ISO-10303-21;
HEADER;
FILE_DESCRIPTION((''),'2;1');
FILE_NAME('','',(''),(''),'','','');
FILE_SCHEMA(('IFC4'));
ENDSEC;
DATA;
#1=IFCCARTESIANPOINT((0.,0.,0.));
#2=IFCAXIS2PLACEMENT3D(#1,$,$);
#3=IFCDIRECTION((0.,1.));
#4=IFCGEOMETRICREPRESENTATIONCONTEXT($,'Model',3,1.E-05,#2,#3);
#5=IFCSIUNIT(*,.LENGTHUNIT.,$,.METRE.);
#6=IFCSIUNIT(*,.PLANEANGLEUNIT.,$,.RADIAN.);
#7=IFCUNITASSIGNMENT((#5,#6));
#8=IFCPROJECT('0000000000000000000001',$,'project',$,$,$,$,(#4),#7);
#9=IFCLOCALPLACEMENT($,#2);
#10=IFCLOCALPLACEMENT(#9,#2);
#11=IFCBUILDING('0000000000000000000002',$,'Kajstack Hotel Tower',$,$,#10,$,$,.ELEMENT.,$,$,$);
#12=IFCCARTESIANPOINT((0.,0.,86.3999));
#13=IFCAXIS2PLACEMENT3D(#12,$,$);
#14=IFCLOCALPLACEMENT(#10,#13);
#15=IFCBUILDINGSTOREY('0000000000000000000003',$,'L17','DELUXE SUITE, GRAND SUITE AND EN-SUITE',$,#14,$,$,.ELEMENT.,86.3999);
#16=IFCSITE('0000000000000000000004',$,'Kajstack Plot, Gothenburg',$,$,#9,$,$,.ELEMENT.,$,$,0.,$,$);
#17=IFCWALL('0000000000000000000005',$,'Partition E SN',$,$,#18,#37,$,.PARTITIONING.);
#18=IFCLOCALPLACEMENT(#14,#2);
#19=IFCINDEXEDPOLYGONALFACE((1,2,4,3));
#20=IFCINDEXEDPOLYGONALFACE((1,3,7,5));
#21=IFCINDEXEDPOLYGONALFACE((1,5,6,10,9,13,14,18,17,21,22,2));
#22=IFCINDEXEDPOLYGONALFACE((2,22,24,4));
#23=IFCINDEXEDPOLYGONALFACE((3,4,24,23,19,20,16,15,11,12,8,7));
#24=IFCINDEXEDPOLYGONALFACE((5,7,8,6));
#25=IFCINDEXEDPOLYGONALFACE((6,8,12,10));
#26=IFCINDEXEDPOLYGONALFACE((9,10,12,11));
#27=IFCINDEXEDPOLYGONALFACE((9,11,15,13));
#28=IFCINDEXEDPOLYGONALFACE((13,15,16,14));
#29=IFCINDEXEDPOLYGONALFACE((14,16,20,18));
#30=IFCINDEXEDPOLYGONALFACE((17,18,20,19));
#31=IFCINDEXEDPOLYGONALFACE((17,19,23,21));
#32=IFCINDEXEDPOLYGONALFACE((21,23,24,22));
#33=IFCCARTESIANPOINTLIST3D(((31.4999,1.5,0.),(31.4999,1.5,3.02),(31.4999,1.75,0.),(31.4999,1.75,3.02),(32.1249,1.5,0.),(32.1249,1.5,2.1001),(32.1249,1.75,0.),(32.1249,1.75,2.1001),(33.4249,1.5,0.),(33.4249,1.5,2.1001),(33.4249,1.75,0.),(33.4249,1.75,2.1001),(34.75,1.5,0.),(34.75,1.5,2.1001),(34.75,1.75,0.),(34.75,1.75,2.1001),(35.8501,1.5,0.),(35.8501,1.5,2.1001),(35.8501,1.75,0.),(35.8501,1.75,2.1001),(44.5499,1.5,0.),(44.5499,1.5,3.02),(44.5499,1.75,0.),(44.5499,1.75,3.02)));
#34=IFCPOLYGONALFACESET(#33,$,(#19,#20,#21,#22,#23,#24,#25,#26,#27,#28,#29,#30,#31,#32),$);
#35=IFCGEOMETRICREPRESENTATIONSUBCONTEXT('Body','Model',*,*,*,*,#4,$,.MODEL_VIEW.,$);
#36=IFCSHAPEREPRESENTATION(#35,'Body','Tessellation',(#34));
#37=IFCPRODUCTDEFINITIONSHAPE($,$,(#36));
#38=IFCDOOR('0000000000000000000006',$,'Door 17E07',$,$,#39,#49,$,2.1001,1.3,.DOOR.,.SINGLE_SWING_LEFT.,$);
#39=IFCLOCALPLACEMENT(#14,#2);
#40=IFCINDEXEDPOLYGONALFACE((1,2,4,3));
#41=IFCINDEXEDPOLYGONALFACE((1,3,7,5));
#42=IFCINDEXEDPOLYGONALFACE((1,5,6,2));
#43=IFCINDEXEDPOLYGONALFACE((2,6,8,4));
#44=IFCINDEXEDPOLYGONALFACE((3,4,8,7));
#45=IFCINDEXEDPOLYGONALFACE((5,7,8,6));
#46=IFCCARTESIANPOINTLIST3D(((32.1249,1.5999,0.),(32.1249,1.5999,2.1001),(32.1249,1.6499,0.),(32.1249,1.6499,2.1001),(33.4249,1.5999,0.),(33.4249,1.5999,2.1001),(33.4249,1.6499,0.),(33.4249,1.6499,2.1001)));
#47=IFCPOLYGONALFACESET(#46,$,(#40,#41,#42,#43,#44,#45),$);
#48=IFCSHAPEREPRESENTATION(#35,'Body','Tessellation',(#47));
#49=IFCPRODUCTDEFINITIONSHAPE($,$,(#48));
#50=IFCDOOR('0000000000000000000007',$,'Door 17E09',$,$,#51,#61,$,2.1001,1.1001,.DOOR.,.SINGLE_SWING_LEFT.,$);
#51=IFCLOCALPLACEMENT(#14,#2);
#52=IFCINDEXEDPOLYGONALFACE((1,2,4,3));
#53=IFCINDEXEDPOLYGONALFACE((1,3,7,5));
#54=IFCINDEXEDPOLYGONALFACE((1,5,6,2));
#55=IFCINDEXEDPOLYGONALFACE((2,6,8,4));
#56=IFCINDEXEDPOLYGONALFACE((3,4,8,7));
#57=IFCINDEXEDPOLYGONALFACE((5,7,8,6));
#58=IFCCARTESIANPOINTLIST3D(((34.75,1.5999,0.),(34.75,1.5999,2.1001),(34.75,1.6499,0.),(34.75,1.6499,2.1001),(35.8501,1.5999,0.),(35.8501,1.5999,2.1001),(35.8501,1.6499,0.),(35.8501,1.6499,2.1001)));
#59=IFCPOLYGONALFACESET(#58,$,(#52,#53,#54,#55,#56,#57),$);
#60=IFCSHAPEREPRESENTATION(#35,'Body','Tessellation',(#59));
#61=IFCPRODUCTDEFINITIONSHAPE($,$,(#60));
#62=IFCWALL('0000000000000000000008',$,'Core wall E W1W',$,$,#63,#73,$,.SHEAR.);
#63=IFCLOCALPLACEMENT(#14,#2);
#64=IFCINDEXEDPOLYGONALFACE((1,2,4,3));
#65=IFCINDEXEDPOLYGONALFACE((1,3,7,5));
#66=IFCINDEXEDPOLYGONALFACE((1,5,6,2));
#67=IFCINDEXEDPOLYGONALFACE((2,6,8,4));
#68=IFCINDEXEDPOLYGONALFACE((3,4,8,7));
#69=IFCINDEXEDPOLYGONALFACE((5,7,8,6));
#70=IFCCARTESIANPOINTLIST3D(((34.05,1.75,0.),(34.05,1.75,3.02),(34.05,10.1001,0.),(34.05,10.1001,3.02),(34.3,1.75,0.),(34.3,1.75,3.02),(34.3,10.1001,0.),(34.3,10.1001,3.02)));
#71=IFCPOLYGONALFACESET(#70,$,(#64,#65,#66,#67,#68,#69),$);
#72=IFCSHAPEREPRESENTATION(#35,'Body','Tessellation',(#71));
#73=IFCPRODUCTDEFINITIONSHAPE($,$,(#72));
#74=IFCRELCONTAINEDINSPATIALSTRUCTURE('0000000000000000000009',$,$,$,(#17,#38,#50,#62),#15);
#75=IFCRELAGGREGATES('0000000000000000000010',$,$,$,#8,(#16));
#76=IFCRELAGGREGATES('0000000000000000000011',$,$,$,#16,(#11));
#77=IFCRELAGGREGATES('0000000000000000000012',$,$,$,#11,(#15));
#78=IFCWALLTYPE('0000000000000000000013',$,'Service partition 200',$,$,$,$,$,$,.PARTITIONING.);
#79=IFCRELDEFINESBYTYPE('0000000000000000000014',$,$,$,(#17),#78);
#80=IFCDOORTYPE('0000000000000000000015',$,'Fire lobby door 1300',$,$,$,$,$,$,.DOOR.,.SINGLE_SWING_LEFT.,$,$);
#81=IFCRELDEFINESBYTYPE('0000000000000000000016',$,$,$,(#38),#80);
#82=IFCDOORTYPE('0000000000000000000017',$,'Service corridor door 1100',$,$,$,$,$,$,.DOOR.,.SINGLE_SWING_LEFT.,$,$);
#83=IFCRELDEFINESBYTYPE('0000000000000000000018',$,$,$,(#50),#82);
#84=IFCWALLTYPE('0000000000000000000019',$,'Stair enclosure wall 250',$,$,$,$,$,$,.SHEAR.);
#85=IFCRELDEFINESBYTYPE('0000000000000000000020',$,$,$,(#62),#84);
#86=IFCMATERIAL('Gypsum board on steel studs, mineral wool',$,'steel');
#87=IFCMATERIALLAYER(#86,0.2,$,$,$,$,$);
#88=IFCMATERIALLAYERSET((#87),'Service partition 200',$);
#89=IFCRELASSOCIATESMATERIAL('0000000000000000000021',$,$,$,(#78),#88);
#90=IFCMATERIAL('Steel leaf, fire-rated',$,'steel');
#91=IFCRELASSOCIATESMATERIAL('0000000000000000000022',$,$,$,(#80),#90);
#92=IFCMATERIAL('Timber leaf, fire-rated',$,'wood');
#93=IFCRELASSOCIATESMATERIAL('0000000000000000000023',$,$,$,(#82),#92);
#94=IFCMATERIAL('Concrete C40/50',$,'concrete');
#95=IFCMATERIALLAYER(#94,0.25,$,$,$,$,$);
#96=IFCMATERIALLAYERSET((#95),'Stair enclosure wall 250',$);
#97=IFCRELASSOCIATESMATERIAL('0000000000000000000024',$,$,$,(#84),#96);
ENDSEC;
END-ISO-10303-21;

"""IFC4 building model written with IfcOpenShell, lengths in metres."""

from ifc_helpers import new_model, si_unit, direction, frame, frame_2d, origin, place, context, subcontext, project, spatial, rectangle, extrude, material, layer, layer_set, type_object, element, fill, save


model = new_model("IFC4")

# Units and contexts
model_context = context("Model", 3, precision=1e-05, world=origin(), true_north=direction((0.0, 1.0)))
body_context = subcontext(model_context, "Body", "Model", "MODEL_VIEW")
ifc_project = project(units=[si_unit("LENGTHUNIT", "METRE"), si_unit("PLANEANGLEUNIT", "RADIAN")], contexts=[model_context])

# Site, building, storey
site_placement = place(None, origin())
site = spatial("IfcSite", under=ifc_project, at=site_placement, Name="Kajstack Plot, Gothenburg", CompositionType="ELEMENT", RefElevation=0.0)
building_placement = place(site_placement, origin())
building = spatial("IfcBuilding", under=site, at=building_placement, Name="Kajstack Hotel Tower", CompositionType="ELEMENT")
storey_placement = place(building_placement, frame((0.0, 0.0, 86.3999)))
storey = spatial("IfcBuildingStorey", under=building, at=storey_placement, Name="L17", Description="DELUXE SUITE, GRAND SUITE AND EN-SUITE", CompositionType="ELEMENT", Elevation=86.3999)

# Wall, openings, doors
ifc_material_1 = material(Name="Gypsum board on steel studs, mineral wool", Category="steel")
ifc_layer_1 = layer(ifc_material_1, 0.2)
ifc_layer_set_1 = layer_set([ifc_layer_1], Name="Service partition 200")
wall_type_1 = type_object("IfcWallType", Name="Service partition 200", PredefinedType="PARTITIONING", material=ifc_layer_set_1)
wall_1_placement = place(storey_placement, frame((31.5, 1.625, 0.0), z_axis=(0.0, 0.0, 1.0), x_axis=(1.0, 0.0, 0.0)))
wall_1 = element("IfcWall", 1, at=wall_1_placement, inside=storey, type_object=wall_type_1, Name="Partition E SN", PredefinedType="PARTITIONING", context=body_context, shape_type="SweptSolid", body=[
    extrude(rectangle(XDim=13.05, YDim=0.25, at=frame_2d((6.5249, 0.0))), origin(), (0.0, 0.0, 1.0), 3.02),
])
opening_1_placement = place(wall_1_placement, frame((0.625, 0.0, 0.0)))
opening_1 = element("IfcOpeningElement", 2, at=opening_1_placement, cuts=wall_1, PredefinedType="OPENING", context=body_context, shape_type="SweptSolid", body=[
    extrude(rectangle(XDim=1.3, YDim=2.1001, at=frame_2d((0.6499, 1.05))), frame((0.0, 0.135, 0.0), z_axis=(0.0, -1.0, 0.0), x_axis=(1.0, 0.0, 0.0)), (0.0, 0.0, 1.0), 0.27),
])
opening_2_placement = place(wall_1_placement, frame((3.25, 0.0, 0.0)))
opening_2 = element("IfcOpeningElement", 3, at=opening_2_placement, cuts=wall_1, PredefinedType="OPENING", context=body_context, shape_type="SweptSolid", body=[
    extrude(rectangle(XDim=1.1001, YDim=2.1001, at=frame_2d((0.55, 1.05))), frame((0.0, 0.135, 0.0), z_axis=(0.0, -1.0, 0.0), x_axis=(1.0, 0.0, 0.0)), (0.0, 0.0, 1.0), 0.27),
])
ifc_material_2 = material(Name="Steel leaf, fire-rated", Category="steel")
door_type_1 = type_object("IfcDoorType", Name="Fire lobby door 1300", OperationType="SINGLE_SWING_LEFT", PredefinedType="DOOR", material=ifc_material_2)
door_1_placement = place(opening_1_placement, origin())
door_1 = element("IfcDoor", 4, at=door_1_placement, inside=storey, type_object=door_type_1, Name="Door 17E07", OperationType="SINGLE_SWING_LEFT", OverallHeight=2.1001, OverallWidth=1.3, PredefinedType="DOOR", context=body_context, shape_type="SweptSolid", body=[
    extrude(rectangle(XDim=1.3, YDim=2.1001, at=frame_2d((0.6499, 1.05))), frame((0.0, 0.0249, 0.0), z_axis=(0.0, -1.0, 0.0), x_axis=(1.0, 0.0, 0.0)), (0.0, 0.0, 1.0), 0.05),
])
fill(opening_1, door_1)
ifc_material_3 = material(Name="Timber leaf, fire-rated", Category="wood")
door_type_2 = type_object("IfcDoorType", Name="Service corridor door 1100", OperationType="SINGLE_SWING_LEFT", PredefinedType="DOOR", material=ifc_material_3)
door_2_placement = place(opening_2_placement, origin())
door_2 = element("IfcDoor", 5, at=door_2_placement, inside=storey, type_object=door_type_2, Name="Door 17E09", OperationType="SINGLE_SWING_LEFT", OverallHeight=2.1001, OverallWidth=1.1001, PredefinedType="DOOR", context=body_context, shape_type="SweptSolid", body=[
    extrude(rectangle(XDim=1.1001, YDim=2.1001, at=frame_2d((0.55, 1.05))), frame((0.0, 0.0249, 0.0), z_axis=(0.0, -1.0, 0.0), x_axis=(1.0, 0.0, 0.0)), (0.0, 0.0, 1.0), 0.05),
])
fill(opening_2, door_2)

# Wall
ifc_material_4 = material(Name="Concrete C40/50", Category="concrete")
ifc_layer_2 = layer(ifc_material_4, 0.25)
ifc_layer_set_2 = layer_set([ifc_layer_2], Name="Stair enclosure wall 250")
wall_type_2 = type_object("IfcWallType", Name="Stair enclosure wall 250", PredefinedType="SHEAR", material=ifc_layer_set_2)
wall_2_placement = place(storey_placement, frame((34.175, 1.75, 0.0), z_axis=(0.0, 0.0, 1.0), x_axis=(0.0, 1.0, 0.0)))
element("IfcWall", 6, at=wall_2_placement, inside=storey, type_object=wall_type_2, Name="Core wall E W1W", PredefinedType="SHEAR", context=body_context, shape_type="SweptSolid", body=[
    extrude(rectangle(XDim=8.3501, YDim=0.25, at=frame_2d((4.175, 0.0))), origin(), (0.0, 0.0, 1.0), 3.02),
])

save(model, "model.ifc")
